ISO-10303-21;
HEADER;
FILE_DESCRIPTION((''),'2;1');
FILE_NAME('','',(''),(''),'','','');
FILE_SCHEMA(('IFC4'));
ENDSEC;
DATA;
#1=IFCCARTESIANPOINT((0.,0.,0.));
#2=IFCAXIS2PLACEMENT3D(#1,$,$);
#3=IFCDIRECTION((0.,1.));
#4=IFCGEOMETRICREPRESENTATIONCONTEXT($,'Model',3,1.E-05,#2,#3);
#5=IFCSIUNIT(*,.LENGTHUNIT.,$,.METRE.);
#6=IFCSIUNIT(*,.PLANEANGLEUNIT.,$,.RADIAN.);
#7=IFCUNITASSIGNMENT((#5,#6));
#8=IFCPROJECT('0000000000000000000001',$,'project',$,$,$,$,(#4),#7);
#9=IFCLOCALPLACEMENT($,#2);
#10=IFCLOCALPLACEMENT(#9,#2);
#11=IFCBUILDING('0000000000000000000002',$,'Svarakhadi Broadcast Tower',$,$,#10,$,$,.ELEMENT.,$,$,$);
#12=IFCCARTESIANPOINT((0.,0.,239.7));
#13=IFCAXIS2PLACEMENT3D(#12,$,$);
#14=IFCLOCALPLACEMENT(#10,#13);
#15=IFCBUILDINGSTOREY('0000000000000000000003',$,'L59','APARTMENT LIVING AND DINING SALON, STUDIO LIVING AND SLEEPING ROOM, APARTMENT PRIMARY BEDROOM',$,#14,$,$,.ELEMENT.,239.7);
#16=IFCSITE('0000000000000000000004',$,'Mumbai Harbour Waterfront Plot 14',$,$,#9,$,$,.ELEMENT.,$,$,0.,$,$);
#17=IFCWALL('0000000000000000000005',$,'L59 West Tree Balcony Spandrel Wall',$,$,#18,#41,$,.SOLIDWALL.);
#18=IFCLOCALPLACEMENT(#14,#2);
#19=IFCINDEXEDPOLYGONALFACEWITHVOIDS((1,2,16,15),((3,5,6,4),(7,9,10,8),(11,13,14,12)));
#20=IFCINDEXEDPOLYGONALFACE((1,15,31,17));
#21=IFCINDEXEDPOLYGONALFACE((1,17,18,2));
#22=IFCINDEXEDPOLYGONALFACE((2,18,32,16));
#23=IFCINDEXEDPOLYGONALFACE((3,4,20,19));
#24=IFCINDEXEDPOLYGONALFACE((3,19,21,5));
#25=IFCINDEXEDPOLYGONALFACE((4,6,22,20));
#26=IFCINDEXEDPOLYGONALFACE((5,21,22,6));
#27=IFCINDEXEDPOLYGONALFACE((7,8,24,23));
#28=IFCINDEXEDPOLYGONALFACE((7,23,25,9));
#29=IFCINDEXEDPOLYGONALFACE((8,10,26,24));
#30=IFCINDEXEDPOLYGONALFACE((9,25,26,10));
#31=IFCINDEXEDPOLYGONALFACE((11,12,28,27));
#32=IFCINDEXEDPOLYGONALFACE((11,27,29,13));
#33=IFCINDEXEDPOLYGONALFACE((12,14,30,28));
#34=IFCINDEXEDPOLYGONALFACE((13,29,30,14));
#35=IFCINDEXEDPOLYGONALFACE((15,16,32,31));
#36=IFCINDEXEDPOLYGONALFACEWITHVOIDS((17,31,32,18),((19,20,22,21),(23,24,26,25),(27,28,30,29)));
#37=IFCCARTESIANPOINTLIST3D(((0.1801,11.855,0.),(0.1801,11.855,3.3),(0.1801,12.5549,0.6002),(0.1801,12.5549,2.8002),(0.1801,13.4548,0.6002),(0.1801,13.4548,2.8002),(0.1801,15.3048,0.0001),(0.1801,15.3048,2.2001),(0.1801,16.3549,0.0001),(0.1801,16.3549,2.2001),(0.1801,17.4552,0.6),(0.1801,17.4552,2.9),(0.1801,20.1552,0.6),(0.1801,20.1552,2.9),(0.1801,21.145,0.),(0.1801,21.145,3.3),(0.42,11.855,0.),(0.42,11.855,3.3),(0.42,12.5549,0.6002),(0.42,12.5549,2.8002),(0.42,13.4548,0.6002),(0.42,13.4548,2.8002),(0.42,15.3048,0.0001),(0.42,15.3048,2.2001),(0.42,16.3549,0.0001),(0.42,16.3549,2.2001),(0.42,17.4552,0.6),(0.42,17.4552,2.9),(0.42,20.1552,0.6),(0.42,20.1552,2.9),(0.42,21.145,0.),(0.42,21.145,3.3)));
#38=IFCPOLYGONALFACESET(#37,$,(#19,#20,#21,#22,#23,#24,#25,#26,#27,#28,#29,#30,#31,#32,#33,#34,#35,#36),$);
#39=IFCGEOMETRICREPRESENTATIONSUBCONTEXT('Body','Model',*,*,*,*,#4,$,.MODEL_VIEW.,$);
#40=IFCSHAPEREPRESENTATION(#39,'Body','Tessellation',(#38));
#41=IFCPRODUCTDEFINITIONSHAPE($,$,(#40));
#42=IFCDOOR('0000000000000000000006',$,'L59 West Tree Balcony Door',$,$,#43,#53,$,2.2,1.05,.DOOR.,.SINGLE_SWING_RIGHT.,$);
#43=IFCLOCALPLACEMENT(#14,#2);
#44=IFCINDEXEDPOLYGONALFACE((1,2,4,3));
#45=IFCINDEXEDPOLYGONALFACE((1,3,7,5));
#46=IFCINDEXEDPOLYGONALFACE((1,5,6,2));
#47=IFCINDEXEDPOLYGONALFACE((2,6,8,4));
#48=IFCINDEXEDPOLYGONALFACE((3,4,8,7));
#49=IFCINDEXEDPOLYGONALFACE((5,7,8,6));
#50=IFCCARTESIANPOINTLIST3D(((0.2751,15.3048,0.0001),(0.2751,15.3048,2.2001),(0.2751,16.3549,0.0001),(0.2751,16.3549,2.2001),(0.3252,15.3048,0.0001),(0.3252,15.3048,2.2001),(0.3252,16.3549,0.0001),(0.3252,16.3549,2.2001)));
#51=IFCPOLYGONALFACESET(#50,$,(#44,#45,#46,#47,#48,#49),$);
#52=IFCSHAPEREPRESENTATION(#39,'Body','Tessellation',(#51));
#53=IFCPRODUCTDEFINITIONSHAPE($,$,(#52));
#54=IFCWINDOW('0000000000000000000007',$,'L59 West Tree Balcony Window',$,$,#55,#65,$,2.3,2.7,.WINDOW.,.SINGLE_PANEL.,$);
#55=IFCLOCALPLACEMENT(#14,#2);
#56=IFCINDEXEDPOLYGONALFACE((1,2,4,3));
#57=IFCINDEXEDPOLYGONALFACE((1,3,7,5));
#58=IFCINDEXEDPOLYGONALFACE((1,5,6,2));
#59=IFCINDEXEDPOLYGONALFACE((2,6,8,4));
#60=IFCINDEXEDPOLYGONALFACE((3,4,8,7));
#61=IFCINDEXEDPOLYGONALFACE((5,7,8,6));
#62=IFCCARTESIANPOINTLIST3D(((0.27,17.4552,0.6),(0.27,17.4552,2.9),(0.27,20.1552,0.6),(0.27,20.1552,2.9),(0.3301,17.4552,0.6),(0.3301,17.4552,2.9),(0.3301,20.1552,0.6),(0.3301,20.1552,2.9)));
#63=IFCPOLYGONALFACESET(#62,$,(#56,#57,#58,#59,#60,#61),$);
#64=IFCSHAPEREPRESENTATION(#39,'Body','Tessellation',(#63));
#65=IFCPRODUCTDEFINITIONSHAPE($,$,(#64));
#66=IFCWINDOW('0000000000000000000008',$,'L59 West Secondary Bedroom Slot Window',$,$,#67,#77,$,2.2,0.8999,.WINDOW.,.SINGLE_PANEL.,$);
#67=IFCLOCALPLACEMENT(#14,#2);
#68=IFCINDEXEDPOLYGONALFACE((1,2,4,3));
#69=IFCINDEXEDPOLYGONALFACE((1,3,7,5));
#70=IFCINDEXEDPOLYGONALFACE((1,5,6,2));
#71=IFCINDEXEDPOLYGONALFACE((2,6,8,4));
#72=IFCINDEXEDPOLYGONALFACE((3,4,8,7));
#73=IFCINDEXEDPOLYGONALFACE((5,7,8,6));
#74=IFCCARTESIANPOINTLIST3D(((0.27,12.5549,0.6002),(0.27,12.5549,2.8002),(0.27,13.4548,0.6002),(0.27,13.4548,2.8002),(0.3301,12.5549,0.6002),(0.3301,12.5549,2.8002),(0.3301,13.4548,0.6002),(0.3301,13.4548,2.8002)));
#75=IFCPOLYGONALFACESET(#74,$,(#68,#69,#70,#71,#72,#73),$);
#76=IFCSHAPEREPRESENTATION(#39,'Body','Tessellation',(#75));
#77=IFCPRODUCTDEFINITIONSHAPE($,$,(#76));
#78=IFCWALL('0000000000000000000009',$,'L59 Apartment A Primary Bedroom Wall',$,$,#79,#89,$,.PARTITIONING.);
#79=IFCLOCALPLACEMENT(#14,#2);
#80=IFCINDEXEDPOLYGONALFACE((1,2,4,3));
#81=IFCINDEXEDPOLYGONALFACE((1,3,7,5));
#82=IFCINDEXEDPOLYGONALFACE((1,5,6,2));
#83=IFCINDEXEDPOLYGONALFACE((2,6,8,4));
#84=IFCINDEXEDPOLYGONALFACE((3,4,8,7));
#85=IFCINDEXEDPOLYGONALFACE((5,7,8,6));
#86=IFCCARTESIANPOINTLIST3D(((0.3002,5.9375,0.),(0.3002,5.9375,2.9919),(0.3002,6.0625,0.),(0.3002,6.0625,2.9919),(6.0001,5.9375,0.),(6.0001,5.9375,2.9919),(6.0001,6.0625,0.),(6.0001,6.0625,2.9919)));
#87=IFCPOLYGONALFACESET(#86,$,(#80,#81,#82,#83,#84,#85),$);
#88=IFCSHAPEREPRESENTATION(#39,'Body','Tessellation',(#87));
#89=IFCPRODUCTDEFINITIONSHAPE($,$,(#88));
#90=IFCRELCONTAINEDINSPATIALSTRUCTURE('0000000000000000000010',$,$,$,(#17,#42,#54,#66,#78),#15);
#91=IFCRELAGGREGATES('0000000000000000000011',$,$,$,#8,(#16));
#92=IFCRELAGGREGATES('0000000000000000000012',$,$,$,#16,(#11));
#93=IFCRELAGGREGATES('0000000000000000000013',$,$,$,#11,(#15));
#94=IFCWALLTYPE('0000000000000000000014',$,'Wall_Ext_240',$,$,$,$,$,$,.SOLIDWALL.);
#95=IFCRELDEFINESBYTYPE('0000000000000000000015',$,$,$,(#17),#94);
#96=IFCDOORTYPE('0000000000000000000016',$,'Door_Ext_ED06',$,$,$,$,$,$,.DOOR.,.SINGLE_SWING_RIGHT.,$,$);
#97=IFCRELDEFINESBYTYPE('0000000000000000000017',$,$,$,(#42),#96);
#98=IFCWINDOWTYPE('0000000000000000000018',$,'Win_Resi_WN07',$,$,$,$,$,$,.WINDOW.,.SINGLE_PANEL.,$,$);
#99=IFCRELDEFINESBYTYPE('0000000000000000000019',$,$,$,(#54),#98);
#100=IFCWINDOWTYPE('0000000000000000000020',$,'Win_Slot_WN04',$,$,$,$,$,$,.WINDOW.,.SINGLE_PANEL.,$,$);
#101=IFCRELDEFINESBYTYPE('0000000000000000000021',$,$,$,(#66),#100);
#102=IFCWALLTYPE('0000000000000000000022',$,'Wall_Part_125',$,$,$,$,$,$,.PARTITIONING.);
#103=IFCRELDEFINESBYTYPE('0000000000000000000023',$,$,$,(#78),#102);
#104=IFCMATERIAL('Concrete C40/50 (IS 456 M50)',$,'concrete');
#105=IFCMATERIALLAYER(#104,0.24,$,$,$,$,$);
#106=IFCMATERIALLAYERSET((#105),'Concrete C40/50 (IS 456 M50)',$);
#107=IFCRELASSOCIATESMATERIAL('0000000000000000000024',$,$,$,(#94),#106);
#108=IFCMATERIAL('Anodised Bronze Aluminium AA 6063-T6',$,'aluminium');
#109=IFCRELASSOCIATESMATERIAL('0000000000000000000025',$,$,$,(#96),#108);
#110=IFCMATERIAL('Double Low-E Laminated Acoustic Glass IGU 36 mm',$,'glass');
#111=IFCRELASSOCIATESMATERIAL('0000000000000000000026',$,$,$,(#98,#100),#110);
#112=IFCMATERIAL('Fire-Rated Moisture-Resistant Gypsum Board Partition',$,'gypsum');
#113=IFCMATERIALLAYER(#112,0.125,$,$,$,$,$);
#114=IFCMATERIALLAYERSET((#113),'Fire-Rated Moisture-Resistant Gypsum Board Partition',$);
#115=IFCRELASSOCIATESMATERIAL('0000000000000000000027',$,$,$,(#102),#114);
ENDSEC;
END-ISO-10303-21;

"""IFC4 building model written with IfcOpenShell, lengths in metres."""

from ifc_helpers import new_model, si_unit, direction, frame, frame_2d, origin, place, context, subcontext, project, spatial, rectangle, extrude, material, layer, layer_set, type_object, element, fill, save


model = new_model("IFC4")

# Units and contexts
model_context = context("Model", 3, precision=1e-05, world=origin(), true_north=direction((0.0, 1.0)))
body_context = subcontext(model_context, "Body", "Model", "MODEL_VIEW")
ifc_project = project(units=[si_unit("LENGTHUNIT", "METRE"), si_unit("PLANEANGLEUNIT", "RADIAN")], contexts=[model_context])

# Site, building, storey
site_placement = place(None, origin())
site = spatial("IfcSite", under=ifc_project, at=site_placement, Name="Mumbai Harbour Waterfront Plot 14", CompositionType="ELEMENT", RefElevation=0.0)
building_placement = place(site_placement, origin())
building = spatial("IfcBuilding", under=site, at=building_placement, Name="Svarakhadi Broadcast Tower", CompositionType="ELEMENT")
storey_placement = place(building_placement, frame((0.0, 0.0, 239.7)))
storey = spatial("IfcBuildingStorey", under=building, at=storey_placement, Name="L59", Description="APARTMENT LIVING AND DINING SALON, STUDIO LIVING AND SLEEPING ROOM, APARTMENT PRIMARY BEDROOM", CompositionType="ELEMENT", Elevation=239.7)

# Shared definitions
ifc_material_1 = material(Name="Anodised Bronze Aluminium AA 6063-T6", Category="aluminium")

# Shared definitions
ifc_material_2 = material(Name="Double Low-E Laminated Acoustic Glass IGU 36 mm", Category="glass")

# Wall, openings, door, windows
ifc_material_3 = material(Name="Concrete C40/50 (IS 456 M50)", Category="concrete")
ifc_layer_1 = layer(ifc_material_3, 0.24)
ifc_layer_set_1 = layer_set([ifc_layer_1], Name="Concrete C40/50 (IS 456 M50)")
wall_type_1 = type_object("IfcWallType", Name="Wall_Ext_240", PredefinedType="SOLIDWALL", material=ifc_layer_set_1)
wall_1_placement = place(storey_placement, frame((0.3, 11.855, 0.0), z_axis=(0.0, 0.0, 1.0), x_axis=(0.0, 1.0, 0.0)))
wall_1 = element("IfcWall", 1, at=wall_1_placement, inside=storey, type_object=wall_type_1, Name="L59 West Tree Balcony Spandrel Wall", PredefinedType="SOLIDWALL", context=body_context, shape_type="SweptSolid", body=[
    extrude(rectangle(XDim=9.29, YDim=0.24, at=frame_2d((4.645, 0.0))), origin(), (0.0, 0.0, 1.0), 3.3),
])
opening_1_placement = place(wall_1_placement, frame((3.45, 0.0, 0.0)))
opening_1 = element("IfcOpeningElement", 2, at=opening_1_placement, cuts=wall_1, PredefinedType="OPENING", context=body_context, shape_type="SweptSolid", body=[
    extrude(rectangle(XDim=1.05, YDim=2.2, at=frame_2d((0.5249, 1.1001))), frame((0.0, 0.1299, 0.0), z_axis=(0.0, -1.0, 0.0), x_axis=(1.0, 0.0, 0.0)), (0.0, 0.0, 1.0), 0.26),
])
opening_2_placement = place(wall_1_placement, frame((5.6001, 0.0, 0.6001)))
opening_2 = element("IfcOpeningElement", 3, at=opening_2_placement, cuts=wall_1, PredefinedType="OPENING", context=body_context, shape_type="SweptSolid", body=[
    extrude(rectangle(XDim=2.7, YDim=2.3, at=frame_2d((1.3501, 1.1499))), frame((0.0, 0.1299, 0.0), z_axis=(0.0, -1.0, 0.0), x_axis=(1.0, 0.0, 0.0)), (0.0, 0.0, 1.0), 0.26),
])
opening_3_placement = place(wall_1_placement, frame((0.7, 0.0, 0.6001)))
opening_3 = element("IfcOpeningElement", 4, at=opening_3_placement, cuts=wall_1, PredefinedType="OPENING", context=body_context, shape_type="SweptSolid", body=[
    extrude(rectangle(XDim=0.8999, YDim=2.2, at=frame_2d((0.45, 1.1001))), frame((0.0, 0.1299, 0.0), z_axis=(0.0, -1.0, 0.0), x_axis=(1.0, 0.0, 0.0)), (0.0, 0.0, 1.0), 0.26),
])
door_type = type_object("IfcDoorType", Name="Door_Ext_ED06", OperationType="SINGLE_SWING_RIGHT", PredefinedType="DOOR", material=ifc_material_1)
door_placement = place(opening_1_placement, origin())
door = element("IfcDoor", 5, at=door_placement, inside=storey, type_object=door_type, Name="L59 West Tree Balcony Door", OperationType="SINGLE_SWING_RIGHT", OverallHeight=2.2, OverallWidth=1.05, PredefinedType="DOOR", context=body_context, shape_type="SweptSolid", body=[
    extrude(rectangle(XDim=1.05, YDim=2.2, at=frame_2d((0.5249, 1.1001))), frame((0.0, 0.0249, 0.0), z_axis=(0.0, -1.0, 0.0), x_axis=(1.0, 0.0, 0.0)), (0.0, 0.0, 1.0), 0.05),
])
fill(opening_1, door)
window_type_1 = type_object("IfcWindowType", Name="Win_Resi_WN07", PartitioningType="SINGLE_PANEL", PredefinedType="WINDOW", material=ifc_material_2)
window_1_placement = place(opening_2_placement, origin())
window_1 = element("IfcWindow", 6, at=window_1_placement, inside=storey, type_object=window_type_1, Name="L59 West Tree Balcony Window", OverallHeight=2.3, OverallWidth=2.7, PartitioningType="SINGLE_PANEL", PredefinedType="WINDOW", context=body_context, shape_type="SweptSolid", body=[
    extrude(rectangle(XDim=2.7, YDim=2.3, at=frame_2d((1.3501, 1.1499))), frame((0.0, 0.03, 0.0), z_axis=(0.0, -1.0, 0.0), x_axis=(1.0, 0.0, 0.0)), (0.0, 0.0, 1.0), 0.0601),
])
fill(opening_2, window_1)
window_type_2 = type_object("IfcWindowType", Name="Win_Slot_WN04", PartitioningType="SINGLE_PANEL", PredefinedType="WINDOW", material=ifc_material_2)
window_2_placement = place(opening_3_placement, origin())
window_2 = element("IfcWindow", 7, at=window_2_placement, inside=storey, type_object=window_type_2, Name="L59 West Secondary Bedroom Slot Window", OverallHeight=2.2, OverallWidth=0.8999, PartitioningType="SINGLE_PANEL", PredefinedType="WINDOW", context=body_context, shape_type="SweptSolid", body=[
    extrude(rectangle(XDim=0.8999, YDim=2.2, at=frame_2d((0.45, 1.1001))), frame((0.0, 0.03, 0.0), z_axis=(0.0, -1.0, 0.0), x_axis=(1.0, 0.0, 0.0)), (0.0, 0.0, 1.0), 0.0601),
])
fill(opening_3, window_2)

# Wall
ifc_material_4 = material(Name="Fire-Rated Moisture-Resistant Gypsum Board Partition", Category="gypsum")
ifc_layer_2 = layer(ifc_material_4, 0.125)
ifc_layer_set_2 = layer_set([ifc_layer_2], Name="Fire-Rated Moisture-Resistant Gypsum Board Partition")
wall_type_2 = type_object("IfcWallType", Name="Wall_Part_125", PredefinedType="PARTITIONING", material=ifc_layer_set_2)
wall_2_placement = place(storey_placement, frame((0.3, 6.0, 0.0), z_axis=(0.0, 0.0, 1.0), x_axis=(1.0, 0.0, 0.0)))
element("IfcWall", 8, at=wall_2_placement, inside=storey, type_object=wall_type_2, Name="L59 Apartment A Primary Bedroom Wall", PredefinedType="PARTITIONING", context=body_context, shape_type="SweptSolid", body=[
    extrude(rectangle(XDim=5.7, YDim=0.125, at=frame_2d((2.8501, 0.0))), origin(), (0.0, 0.0, 1.0), 2.9919),
])

save(model, "model.ifc")
